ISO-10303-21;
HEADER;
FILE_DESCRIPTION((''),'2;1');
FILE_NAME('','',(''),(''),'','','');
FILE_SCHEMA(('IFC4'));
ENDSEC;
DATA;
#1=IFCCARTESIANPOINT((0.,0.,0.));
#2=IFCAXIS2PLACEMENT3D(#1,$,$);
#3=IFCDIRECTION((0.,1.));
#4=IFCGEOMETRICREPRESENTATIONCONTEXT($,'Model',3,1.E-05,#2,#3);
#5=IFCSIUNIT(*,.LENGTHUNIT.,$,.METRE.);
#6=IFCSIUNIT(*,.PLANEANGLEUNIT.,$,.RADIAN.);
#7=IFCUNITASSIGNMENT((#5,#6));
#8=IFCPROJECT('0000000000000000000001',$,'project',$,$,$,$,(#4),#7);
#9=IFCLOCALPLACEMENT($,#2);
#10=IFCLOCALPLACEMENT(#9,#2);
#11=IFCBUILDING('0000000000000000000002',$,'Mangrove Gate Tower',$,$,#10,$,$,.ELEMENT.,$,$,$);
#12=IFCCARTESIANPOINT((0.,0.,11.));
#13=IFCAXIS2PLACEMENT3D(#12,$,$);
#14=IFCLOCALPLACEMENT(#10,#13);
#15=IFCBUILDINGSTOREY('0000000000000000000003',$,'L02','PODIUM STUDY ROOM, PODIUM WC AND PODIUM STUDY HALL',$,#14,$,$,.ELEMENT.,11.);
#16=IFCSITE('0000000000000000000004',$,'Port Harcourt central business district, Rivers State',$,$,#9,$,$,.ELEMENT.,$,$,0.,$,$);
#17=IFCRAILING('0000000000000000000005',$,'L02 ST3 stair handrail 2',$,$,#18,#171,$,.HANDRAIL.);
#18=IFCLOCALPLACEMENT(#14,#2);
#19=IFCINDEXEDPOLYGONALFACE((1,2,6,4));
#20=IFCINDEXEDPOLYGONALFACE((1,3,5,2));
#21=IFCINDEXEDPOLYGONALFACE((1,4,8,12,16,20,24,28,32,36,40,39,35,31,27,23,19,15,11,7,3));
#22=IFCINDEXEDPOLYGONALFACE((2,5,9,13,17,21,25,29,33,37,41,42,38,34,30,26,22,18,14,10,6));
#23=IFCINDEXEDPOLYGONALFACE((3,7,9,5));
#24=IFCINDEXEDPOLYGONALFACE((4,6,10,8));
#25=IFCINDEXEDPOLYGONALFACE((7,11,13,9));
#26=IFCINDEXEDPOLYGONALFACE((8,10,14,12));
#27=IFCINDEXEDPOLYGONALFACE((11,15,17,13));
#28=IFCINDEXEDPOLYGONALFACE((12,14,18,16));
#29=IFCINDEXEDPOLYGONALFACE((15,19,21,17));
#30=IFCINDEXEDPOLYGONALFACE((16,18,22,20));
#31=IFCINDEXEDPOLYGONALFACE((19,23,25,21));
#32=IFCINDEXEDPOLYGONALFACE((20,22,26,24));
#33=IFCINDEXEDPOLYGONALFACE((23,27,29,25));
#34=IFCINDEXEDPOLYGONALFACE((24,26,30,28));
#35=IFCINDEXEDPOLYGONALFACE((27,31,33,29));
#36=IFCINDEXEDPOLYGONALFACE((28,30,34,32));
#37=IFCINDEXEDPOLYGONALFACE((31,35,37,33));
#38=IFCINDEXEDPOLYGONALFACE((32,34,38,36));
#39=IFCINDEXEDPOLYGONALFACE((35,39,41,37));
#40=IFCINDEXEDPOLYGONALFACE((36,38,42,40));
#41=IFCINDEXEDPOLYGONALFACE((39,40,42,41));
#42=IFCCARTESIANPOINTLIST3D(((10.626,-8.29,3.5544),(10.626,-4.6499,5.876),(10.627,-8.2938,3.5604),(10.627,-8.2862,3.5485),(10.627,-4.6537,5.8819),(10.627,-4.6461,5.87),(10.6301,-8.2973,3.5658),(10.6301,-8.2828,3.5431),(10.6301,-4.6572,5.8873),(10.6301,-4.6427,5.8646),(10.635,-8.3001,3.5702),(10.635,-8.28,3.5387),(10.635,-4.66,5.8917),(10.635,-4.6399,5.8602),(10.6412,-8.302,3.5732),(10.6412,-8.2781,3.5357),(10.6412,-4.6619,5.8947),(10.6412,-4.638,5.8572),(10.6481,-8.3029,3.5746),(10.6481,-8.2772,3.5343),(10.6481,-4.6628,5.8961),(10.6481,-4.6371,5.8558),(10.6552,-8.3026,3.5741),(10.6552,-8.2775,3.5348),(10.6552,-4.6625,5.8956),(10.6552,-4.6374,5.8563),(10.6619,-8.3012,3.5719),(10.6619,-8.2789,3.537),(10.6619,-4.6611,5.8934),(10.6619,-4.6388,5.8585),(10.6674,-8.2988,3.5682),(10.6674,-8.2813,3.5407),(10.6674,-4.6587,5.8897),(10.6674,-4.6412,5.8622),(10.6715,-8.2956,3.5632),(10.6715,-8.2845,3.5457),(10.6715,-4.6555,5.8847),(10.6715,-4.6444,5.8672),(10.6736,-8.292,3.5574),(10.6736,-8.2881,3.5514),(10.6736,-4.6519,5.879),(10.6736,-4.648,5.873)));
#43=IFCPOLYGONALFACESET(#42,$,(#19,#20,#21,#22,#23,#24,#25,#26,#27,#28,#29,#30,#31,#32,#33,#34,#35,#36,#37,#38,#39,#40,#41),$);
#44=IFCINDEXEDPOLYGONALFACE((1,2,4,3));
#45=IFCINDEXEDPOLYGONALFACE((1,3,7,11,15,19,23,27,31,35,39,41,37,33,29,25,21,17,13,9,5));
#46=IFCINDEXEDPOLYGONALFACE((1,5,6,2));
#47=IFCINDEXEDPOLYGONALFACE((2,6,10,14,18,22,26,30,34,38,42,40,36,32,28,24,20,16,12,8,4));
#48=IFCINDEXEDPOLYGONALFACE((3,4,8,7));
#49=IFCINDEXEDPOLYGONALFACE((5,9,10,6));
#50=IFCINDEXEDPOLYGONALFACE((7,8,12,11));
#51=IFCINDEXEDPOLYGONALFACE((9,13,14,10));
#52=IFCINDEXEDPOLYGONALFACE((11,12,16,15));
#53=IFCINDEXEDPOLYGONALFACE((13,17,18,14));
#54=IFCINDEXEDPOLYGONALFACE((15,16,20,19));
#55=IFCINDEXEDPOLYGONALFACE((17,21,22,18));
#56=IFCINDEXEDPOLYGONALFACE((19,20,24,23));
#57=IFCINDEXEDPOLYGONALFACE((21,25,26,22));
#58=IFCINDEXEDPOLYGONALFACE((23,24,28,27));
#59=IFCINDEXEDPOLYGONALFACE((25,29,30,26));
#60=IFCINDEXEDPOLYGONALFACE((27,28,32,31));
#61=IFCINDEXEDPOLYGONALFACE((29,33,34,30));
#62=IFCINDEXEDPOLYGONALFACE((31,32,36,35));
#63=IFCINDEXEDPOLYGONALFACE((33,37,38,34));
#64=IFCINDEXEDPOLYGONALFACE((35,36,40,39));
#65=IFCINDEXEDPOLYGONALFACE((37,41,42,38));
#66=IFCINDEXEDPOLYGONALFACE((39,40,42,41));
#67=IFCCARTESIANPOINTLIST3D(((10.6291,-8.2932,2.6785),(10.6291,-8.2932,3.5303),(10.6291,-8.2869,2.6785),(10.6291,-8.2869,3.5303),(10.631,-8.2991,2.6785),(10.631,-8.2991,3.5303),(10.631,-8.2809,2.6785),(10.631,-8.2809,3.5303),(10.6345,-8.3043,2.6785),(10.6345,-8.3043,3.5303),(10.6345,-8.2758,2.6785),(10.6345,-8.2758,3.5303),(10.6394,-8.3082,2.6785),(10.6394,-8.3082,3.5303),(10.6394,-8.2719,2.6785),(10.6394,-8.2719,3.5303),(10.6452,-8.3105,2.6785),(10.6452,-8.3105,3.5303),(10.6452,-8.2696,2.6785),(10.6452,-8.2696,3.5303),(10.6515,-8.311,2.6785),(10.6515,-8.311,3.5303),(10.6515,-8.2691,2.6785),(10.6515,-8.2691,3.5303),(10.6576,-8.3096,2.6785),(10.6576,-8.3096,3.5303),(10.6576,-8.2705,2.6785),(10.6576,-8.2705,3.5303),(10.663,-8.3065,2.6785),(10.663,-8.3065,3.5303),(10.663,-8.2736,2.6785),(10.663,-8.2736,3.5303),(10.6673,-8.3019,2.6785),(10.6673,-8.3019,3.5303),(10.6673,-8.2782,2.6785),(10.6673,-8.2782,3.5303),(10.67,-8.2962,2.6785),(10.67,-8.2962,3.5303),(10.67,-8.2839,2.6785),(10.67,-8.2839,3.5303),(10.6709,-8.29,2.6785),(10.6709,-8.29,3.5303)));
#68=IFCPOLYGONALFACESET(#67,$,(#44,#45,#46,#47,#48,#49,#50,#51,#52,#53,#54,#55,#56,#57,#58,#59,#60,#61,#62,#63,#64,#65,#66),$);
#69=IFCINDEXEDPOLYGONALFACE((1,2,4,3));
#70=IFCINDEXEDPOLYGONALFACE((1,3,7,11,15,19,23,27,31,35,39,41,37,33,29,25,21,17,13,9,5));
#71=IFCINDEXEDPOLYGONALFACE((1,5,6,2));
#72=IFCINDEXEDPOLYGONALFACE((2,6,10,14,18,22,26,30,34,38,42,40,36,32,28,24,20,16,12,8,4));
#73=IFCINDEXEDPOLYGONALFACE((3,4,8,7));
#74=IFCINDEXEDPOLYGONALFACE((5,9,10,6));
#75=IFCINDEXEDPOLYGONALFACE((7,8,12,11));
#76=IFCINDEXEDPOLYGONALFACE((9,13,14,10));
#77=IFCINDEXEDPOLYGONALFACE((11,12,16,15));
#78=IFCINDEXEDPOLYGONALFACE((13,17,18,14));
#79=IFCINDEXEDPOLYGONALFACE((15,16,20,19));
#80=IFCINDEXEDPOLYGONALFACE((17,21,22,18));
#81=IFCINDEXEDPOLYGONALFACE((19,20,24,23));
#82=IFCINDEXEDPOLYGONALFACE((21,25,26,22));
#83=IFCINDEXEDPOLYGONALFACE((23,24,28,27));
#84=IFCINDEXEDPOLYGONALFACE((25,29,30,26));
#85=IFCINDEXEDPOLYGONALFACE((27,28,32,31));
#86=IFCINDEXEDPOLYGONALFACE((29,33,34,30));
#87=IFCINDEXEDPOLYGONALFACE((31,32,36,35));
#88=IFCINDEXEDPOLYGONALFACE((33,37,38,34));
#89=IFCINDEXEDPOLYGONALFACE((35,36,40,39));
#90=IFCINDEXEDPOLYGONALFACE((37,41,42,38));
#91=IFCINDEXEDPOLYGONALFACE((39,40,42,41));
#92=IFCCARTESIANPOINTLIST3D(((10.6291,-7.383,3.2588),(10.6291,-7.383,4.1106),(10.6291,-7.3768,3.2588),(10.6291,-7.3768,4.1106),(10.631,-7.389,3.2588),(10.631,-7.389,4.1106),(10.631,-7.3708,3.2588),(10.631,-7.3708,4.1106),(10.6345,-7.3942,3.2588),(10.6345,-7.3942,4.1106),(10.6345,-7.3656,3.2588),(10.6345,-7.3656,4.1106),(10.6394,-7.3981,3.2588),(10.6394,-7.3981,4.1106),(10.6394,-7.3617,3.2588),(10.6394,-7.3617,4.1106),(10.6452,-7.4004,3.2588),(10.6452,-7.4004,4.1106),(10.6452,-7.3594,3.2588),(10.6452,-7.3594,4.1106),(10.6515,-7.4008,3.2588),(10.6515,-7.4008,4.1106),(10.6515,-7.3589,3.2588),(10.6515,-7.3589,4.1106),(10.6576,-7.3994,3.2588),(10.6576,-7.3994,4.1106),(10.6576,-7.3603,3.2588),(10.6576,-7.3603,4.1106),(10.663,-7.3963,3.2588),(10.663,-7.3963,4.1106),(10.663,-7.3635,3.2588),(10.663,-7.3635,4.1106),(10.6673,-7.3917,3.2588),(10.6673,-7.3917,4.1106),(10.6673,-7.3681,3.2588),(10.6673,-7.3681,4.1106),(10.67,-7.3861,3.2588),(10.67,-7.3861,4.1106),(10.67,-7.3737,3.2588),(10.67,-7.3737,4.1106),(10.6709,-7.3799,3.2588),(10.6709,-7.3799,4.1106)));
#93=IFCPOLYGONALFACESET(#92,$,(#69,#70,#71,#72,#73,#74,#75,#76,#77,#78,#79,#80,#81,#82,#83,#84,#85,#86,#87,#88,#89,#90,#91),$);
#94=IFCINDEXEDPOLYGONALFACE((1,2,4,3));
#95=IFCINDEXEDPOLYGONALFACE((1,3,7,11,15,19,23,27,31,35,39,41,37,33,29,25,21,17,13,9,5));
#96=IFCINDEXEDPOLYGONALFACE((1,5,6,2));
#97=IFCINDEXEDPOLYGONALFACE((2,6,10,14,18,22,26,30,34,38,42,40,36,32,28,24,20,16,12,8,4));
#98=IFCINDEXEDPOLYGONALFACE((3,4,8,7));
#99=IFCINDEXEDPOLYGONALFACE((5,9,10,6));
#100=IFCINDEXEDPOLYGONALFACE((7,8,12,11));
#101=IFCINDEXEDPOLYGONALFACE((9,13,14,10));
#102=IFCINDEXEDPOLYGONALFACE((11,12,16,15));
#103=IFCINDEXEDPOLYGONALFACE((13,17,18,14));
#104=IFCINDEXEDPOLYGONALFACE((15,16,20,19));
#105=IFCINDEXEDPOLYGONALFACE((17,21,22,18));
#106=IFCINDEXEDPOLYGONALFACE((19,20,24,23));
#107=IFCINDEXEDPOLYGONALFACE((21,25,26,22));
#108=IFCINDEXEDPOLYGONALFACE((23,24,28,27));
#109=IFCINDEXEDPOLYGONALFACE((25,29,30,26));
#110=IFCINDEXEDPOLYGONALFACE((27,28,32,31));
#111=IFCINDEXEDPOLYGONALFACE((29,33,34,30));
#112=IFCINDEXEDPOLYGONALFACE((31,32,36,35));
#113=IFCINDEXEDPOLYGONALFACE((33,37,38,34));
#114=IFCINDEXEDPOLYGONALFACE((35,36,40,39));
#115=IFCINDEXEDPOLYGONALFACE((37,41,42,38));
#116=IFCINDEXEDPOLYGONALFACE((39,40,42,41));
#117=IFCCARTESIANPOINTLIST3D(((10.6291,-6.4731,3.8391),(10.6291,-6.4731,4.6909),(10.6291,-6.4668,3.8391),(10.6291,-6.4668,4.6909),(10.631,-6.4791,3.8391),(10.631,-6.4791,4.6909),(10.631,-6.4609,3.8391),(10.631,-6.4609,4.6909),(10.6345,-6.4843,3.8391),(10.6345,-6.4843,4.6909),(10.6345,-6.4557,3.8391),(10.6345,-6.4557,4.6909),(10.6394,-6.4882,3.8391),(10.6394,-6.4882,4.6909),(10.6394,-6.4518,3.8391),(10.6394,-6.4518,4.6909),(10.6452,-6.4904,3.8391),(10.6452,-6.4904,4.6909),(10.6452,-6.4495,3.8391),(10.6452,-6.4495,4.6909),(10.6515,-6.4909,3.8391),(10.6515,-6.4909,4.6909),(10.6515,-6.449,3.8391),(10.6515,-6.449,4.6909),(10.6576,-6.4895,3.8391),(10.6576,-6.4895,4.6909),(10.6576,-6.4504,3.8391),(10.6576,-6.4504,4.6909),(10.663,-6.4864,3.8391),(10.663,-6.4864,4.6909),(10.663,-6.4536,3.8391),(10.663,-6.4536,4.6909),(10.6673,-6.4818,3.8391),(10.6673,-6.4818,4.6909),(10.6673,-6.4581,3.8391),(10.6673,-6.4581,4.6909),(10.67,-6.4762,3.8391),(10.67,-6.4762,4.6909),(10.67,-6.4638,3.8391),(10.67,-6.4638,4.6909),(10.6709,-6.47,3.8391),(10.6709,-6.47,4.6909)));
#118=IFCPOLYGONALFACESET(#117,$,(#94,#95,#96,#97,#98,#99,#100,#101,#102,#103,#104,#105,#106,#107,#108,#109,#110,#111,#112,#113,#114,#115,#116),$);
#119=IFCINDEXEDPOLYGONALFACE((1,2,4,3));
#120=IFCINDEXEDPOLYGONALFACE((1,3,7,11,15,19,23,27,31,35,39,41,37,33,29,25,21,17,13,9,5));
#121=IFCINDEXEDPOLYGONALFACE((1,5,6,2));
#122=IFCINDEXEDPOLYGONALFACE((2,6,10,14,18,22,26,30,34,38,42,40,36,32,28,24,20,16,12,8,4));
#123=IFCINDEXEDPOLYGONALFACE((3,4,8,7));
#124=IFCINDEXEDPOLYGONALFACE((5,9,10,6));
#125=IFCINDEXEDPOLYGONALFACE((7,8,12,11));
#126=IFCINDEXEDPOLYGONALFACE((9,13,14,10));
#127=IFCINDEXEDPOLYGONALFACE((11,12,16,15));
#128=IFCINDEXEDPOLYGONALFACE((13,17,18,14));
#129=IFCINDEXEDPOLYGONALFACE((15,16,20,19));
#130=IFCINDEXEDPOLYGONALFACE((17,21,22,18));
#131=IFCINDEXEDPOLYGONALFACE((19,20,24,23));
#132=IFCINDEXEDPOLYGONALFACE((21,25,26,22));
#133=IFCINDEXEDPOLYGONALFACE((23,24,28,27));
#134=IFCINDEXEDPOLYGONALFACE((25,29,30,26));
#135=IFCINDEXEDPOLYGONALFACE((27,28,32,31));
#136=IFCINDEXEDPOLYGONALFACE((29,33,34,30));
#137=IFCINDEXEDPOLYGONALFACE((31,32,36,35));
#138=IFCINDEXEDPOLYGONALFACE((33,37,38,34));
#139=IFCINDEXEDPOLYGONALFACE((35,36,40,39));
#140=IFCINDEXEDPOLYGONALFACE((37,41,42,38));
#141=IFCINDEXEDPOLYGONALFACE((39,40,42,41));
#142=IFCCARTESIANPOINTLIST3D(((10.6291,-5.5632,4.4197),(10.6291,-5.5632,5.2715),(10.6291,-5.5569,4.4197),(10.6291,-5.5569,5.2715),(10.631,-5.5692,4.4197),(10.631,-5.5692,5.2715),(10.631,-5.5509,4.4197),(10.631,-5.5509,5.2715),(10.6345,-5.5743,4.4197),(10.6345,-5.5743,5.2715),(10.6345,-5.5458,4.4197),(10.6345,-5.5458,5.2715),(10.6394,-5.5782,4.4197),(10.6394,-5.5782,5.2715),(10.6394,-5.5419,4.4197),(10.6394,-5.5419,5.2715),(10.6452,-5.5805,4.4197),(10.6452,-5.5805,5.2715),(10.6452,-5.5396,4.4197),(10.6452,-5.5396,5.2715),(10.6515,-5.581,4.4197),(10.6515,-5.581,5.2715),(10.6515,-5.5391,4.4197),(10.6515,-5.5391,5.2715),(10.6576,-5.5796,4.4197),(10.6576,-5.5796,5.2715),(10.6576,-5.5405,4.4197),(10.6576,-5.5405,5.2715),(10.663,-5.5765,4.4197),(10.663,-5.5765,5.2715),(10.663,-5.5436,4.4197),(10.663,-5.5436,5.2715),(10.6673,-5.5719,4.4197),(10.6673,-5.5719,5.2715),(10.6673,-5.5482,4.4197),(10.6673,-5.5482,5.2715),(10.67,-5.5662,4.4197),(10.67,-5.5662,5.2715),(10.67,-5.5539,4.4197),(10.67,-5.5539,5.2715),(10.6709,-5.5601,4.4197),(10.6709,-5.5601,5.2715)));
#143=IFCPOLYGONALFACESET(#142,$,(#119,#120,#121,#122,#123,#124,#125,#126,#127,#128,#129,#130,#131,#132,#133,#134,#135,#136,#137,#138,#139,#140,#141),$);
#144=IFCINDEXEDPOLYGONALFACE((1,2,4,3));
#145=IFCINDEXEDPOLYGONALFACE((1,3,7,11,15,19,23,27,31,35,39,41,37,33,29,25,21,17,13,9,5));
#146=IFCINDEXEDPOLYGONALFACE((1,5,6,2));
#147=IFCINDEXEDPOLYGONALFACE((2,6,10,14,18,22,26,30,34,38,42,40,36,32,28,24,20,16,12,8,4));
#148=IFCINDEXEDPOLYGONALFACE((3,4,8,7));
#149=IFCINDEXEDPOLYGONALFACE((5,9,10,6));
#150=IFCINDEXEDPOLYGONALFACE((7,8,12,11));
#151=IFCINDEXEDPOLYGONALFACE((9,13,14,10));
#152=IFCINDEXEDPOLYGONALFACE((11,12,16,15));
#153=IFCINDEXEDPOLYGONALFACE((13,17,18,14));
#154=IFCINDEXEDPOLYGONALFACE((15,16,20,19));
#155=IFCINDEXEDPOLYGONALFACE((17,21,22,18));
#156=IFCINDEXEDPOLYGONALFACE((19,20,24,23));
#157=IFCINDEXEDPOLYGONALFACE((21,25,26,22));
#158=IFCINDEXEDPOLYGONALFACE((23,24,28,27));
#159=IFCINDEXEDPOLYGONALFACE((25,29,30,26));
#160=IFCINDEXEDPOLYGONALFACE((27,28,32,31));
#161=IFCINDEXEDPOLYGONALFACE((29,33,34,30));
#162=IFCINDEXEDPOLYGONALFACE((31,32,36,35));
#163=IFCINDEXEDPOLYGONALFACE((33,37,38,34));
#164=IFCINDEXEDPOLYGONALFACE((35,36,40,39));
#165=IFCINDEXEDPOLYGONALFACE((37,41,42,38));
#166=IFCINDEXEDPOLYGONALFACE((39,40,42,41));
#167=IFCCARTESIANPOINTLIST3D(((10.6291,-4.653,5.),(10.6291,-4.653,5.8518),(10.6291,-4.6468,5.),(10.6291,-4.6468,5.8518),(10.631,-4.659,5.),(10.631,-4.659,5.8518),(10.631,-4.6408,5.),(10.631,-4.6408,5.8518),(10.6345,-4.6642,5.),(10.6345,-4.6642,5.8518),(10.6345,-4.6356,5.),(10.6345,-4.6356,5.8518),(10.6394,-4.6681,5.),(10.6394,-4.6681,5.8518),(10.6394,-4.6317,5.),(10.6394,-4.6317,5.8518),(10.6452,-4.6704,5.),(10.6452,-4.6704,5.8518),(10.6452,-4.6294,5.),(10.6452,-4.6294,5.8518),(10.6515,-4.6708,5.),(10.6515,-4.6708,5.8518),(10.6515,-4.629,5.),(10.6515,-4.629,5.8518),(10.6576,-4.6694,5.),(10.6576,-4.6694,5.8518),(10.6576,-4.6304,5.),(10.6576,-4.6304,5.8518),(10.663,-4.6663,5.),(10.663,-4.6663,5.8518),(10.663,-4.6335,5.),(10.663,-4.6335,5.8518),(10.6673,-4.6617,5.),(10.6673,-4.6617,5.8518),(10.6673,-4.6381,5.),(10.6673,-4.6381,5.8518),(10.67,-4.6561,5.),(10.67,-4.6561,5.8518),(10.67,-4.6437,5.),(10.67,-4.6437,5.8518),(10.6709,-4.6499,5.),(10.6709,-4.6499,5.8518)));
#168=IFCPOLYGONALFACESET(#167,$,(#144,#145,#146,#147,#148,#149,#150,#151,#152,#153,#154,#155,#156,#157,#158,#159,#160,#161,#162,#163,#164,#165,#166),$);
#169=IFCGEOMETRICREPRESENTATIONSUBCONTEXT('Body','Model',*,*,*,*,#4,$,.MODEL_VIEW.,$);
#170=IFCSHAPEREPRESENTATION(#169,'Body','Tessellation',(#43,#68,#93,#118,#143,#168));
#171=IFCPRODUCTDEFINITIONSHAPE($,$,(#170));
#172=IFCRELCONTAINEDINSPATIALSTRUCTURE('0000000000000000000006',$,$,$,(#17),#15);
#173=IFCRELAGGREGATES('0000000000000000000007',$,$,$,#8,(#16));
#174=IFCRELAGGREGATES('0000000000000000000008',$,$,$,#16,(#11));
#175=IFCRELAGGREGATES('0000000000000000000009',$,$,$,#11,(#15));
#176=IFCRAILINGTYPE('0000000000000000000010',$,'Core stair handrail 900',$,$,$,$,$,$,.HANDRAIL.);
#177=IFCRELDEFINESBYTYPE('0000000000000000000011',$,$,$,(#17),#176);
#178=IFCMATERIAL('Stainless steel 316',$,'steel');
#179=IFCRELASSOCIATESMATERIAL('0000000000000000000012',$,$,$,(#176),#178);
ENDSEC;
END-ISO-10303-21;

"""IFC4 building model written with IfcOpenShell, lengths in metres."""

from ifc_helpers import new_model, si_unit, direction, frame, origin, origin_2d, place, context, subcontext, project, spatial, circle, extrude, material, type_object, element, save


model = new_model("IFC4")

# Units and contexts
model_context = context("Model", 3, precision=1e-05, world=origin(), true_north=direction((0.0, 1.0)))
body_context = subcontext(model_context, "Body", "Model", "MODEL_VIEW")
ifc_project = project(units=[si_unit("LENGTHUNIT", "METRE"), si_unit("PLANEANGLEUNIT", "RADIAN")], contexts=[model_context])

# Site, building, storey
site_placement = place(None, origin())
site = spatial("IfcSite", under=ifc_project, at=site_placement, Name="Port Harcourt central business district, Rivers State", CompositionType="ELEMENT", RefElevation=0.0)
building_placement = place(site_placement, origin())
building = spatial("IfcBuilding", under=site, at=building_placement, Name="Mangrove Gate Tower", CompositionType="ELEMENT")
storey_placement = place(building_placement, frame((0.0, 0.0, 11.0)))
storey = spatial("IfcBuildingStorey", under=building, at=storey_placement, Name="L02", Description="PODIUM STUDY ROOM, PODIUM WC AND PODIUM STUDY HALL", CompositionType="ELEMENT", Elevation=11.0)

# Railing
ifc_material_1 = material(Name="Stainless steel 316", Category="steel")
railing_type_1 = type_object("IfcRailingType", Name="Core stair handrail 900", PredefinedType="HANDRAIL", material=ifc_material_1)
for number, where, name in (
    (1, (10.6499, -8.29, 2.6785), "L02 ST3 stair handrail 2"),
):
    element("IfcRailing", number, at=place(storey_placement, frame(where)), inside=storey, type_object=railing_type_1, Name=name, PredefinedType="HANDRAIL", context=body_context, shape_type="SweptSolid", body=[
        extrude(circle(Radius=0.0239, at=origin_2d()), frame((0.0, 0.0, 0.876), z_axis=(0.0, 0.843128, 0.537713), x_axis=(-1.0, 0.0, 0.0)), (0.0, 0.0, 1.0), 4.3174),
        extrude(circle(Radius=0.021, at=origin_2d()), origin(), (0.0, 0.0, 1.0), 0.8518),
        extrude(circle(Radius=0.021, at=origin_2d()), frame((0.0, 0.9102, 0.5803)), (0.0, 0.0, 1.0), 0.8518),
        extrude(circle(Radius=0.021, at=origin_2d()), frame((0.0, 1.8201, 1.1606)), (0.0, 0.0, 1.0), 0.8518),
        extrude(circle(Radius=0.021, at=origin_2d()), frame((0.0, 2.73, 1.7412)), (0.0, 0.0, 1.0), 0.8518),
        extrude(circle(Radius=0.021, at=origin_2d()), frame((0.0, 3.6401, 2.3215)), (0.0, 0.0, 1.0), 0.8518),
    ])

save(model, "model.ifc")
